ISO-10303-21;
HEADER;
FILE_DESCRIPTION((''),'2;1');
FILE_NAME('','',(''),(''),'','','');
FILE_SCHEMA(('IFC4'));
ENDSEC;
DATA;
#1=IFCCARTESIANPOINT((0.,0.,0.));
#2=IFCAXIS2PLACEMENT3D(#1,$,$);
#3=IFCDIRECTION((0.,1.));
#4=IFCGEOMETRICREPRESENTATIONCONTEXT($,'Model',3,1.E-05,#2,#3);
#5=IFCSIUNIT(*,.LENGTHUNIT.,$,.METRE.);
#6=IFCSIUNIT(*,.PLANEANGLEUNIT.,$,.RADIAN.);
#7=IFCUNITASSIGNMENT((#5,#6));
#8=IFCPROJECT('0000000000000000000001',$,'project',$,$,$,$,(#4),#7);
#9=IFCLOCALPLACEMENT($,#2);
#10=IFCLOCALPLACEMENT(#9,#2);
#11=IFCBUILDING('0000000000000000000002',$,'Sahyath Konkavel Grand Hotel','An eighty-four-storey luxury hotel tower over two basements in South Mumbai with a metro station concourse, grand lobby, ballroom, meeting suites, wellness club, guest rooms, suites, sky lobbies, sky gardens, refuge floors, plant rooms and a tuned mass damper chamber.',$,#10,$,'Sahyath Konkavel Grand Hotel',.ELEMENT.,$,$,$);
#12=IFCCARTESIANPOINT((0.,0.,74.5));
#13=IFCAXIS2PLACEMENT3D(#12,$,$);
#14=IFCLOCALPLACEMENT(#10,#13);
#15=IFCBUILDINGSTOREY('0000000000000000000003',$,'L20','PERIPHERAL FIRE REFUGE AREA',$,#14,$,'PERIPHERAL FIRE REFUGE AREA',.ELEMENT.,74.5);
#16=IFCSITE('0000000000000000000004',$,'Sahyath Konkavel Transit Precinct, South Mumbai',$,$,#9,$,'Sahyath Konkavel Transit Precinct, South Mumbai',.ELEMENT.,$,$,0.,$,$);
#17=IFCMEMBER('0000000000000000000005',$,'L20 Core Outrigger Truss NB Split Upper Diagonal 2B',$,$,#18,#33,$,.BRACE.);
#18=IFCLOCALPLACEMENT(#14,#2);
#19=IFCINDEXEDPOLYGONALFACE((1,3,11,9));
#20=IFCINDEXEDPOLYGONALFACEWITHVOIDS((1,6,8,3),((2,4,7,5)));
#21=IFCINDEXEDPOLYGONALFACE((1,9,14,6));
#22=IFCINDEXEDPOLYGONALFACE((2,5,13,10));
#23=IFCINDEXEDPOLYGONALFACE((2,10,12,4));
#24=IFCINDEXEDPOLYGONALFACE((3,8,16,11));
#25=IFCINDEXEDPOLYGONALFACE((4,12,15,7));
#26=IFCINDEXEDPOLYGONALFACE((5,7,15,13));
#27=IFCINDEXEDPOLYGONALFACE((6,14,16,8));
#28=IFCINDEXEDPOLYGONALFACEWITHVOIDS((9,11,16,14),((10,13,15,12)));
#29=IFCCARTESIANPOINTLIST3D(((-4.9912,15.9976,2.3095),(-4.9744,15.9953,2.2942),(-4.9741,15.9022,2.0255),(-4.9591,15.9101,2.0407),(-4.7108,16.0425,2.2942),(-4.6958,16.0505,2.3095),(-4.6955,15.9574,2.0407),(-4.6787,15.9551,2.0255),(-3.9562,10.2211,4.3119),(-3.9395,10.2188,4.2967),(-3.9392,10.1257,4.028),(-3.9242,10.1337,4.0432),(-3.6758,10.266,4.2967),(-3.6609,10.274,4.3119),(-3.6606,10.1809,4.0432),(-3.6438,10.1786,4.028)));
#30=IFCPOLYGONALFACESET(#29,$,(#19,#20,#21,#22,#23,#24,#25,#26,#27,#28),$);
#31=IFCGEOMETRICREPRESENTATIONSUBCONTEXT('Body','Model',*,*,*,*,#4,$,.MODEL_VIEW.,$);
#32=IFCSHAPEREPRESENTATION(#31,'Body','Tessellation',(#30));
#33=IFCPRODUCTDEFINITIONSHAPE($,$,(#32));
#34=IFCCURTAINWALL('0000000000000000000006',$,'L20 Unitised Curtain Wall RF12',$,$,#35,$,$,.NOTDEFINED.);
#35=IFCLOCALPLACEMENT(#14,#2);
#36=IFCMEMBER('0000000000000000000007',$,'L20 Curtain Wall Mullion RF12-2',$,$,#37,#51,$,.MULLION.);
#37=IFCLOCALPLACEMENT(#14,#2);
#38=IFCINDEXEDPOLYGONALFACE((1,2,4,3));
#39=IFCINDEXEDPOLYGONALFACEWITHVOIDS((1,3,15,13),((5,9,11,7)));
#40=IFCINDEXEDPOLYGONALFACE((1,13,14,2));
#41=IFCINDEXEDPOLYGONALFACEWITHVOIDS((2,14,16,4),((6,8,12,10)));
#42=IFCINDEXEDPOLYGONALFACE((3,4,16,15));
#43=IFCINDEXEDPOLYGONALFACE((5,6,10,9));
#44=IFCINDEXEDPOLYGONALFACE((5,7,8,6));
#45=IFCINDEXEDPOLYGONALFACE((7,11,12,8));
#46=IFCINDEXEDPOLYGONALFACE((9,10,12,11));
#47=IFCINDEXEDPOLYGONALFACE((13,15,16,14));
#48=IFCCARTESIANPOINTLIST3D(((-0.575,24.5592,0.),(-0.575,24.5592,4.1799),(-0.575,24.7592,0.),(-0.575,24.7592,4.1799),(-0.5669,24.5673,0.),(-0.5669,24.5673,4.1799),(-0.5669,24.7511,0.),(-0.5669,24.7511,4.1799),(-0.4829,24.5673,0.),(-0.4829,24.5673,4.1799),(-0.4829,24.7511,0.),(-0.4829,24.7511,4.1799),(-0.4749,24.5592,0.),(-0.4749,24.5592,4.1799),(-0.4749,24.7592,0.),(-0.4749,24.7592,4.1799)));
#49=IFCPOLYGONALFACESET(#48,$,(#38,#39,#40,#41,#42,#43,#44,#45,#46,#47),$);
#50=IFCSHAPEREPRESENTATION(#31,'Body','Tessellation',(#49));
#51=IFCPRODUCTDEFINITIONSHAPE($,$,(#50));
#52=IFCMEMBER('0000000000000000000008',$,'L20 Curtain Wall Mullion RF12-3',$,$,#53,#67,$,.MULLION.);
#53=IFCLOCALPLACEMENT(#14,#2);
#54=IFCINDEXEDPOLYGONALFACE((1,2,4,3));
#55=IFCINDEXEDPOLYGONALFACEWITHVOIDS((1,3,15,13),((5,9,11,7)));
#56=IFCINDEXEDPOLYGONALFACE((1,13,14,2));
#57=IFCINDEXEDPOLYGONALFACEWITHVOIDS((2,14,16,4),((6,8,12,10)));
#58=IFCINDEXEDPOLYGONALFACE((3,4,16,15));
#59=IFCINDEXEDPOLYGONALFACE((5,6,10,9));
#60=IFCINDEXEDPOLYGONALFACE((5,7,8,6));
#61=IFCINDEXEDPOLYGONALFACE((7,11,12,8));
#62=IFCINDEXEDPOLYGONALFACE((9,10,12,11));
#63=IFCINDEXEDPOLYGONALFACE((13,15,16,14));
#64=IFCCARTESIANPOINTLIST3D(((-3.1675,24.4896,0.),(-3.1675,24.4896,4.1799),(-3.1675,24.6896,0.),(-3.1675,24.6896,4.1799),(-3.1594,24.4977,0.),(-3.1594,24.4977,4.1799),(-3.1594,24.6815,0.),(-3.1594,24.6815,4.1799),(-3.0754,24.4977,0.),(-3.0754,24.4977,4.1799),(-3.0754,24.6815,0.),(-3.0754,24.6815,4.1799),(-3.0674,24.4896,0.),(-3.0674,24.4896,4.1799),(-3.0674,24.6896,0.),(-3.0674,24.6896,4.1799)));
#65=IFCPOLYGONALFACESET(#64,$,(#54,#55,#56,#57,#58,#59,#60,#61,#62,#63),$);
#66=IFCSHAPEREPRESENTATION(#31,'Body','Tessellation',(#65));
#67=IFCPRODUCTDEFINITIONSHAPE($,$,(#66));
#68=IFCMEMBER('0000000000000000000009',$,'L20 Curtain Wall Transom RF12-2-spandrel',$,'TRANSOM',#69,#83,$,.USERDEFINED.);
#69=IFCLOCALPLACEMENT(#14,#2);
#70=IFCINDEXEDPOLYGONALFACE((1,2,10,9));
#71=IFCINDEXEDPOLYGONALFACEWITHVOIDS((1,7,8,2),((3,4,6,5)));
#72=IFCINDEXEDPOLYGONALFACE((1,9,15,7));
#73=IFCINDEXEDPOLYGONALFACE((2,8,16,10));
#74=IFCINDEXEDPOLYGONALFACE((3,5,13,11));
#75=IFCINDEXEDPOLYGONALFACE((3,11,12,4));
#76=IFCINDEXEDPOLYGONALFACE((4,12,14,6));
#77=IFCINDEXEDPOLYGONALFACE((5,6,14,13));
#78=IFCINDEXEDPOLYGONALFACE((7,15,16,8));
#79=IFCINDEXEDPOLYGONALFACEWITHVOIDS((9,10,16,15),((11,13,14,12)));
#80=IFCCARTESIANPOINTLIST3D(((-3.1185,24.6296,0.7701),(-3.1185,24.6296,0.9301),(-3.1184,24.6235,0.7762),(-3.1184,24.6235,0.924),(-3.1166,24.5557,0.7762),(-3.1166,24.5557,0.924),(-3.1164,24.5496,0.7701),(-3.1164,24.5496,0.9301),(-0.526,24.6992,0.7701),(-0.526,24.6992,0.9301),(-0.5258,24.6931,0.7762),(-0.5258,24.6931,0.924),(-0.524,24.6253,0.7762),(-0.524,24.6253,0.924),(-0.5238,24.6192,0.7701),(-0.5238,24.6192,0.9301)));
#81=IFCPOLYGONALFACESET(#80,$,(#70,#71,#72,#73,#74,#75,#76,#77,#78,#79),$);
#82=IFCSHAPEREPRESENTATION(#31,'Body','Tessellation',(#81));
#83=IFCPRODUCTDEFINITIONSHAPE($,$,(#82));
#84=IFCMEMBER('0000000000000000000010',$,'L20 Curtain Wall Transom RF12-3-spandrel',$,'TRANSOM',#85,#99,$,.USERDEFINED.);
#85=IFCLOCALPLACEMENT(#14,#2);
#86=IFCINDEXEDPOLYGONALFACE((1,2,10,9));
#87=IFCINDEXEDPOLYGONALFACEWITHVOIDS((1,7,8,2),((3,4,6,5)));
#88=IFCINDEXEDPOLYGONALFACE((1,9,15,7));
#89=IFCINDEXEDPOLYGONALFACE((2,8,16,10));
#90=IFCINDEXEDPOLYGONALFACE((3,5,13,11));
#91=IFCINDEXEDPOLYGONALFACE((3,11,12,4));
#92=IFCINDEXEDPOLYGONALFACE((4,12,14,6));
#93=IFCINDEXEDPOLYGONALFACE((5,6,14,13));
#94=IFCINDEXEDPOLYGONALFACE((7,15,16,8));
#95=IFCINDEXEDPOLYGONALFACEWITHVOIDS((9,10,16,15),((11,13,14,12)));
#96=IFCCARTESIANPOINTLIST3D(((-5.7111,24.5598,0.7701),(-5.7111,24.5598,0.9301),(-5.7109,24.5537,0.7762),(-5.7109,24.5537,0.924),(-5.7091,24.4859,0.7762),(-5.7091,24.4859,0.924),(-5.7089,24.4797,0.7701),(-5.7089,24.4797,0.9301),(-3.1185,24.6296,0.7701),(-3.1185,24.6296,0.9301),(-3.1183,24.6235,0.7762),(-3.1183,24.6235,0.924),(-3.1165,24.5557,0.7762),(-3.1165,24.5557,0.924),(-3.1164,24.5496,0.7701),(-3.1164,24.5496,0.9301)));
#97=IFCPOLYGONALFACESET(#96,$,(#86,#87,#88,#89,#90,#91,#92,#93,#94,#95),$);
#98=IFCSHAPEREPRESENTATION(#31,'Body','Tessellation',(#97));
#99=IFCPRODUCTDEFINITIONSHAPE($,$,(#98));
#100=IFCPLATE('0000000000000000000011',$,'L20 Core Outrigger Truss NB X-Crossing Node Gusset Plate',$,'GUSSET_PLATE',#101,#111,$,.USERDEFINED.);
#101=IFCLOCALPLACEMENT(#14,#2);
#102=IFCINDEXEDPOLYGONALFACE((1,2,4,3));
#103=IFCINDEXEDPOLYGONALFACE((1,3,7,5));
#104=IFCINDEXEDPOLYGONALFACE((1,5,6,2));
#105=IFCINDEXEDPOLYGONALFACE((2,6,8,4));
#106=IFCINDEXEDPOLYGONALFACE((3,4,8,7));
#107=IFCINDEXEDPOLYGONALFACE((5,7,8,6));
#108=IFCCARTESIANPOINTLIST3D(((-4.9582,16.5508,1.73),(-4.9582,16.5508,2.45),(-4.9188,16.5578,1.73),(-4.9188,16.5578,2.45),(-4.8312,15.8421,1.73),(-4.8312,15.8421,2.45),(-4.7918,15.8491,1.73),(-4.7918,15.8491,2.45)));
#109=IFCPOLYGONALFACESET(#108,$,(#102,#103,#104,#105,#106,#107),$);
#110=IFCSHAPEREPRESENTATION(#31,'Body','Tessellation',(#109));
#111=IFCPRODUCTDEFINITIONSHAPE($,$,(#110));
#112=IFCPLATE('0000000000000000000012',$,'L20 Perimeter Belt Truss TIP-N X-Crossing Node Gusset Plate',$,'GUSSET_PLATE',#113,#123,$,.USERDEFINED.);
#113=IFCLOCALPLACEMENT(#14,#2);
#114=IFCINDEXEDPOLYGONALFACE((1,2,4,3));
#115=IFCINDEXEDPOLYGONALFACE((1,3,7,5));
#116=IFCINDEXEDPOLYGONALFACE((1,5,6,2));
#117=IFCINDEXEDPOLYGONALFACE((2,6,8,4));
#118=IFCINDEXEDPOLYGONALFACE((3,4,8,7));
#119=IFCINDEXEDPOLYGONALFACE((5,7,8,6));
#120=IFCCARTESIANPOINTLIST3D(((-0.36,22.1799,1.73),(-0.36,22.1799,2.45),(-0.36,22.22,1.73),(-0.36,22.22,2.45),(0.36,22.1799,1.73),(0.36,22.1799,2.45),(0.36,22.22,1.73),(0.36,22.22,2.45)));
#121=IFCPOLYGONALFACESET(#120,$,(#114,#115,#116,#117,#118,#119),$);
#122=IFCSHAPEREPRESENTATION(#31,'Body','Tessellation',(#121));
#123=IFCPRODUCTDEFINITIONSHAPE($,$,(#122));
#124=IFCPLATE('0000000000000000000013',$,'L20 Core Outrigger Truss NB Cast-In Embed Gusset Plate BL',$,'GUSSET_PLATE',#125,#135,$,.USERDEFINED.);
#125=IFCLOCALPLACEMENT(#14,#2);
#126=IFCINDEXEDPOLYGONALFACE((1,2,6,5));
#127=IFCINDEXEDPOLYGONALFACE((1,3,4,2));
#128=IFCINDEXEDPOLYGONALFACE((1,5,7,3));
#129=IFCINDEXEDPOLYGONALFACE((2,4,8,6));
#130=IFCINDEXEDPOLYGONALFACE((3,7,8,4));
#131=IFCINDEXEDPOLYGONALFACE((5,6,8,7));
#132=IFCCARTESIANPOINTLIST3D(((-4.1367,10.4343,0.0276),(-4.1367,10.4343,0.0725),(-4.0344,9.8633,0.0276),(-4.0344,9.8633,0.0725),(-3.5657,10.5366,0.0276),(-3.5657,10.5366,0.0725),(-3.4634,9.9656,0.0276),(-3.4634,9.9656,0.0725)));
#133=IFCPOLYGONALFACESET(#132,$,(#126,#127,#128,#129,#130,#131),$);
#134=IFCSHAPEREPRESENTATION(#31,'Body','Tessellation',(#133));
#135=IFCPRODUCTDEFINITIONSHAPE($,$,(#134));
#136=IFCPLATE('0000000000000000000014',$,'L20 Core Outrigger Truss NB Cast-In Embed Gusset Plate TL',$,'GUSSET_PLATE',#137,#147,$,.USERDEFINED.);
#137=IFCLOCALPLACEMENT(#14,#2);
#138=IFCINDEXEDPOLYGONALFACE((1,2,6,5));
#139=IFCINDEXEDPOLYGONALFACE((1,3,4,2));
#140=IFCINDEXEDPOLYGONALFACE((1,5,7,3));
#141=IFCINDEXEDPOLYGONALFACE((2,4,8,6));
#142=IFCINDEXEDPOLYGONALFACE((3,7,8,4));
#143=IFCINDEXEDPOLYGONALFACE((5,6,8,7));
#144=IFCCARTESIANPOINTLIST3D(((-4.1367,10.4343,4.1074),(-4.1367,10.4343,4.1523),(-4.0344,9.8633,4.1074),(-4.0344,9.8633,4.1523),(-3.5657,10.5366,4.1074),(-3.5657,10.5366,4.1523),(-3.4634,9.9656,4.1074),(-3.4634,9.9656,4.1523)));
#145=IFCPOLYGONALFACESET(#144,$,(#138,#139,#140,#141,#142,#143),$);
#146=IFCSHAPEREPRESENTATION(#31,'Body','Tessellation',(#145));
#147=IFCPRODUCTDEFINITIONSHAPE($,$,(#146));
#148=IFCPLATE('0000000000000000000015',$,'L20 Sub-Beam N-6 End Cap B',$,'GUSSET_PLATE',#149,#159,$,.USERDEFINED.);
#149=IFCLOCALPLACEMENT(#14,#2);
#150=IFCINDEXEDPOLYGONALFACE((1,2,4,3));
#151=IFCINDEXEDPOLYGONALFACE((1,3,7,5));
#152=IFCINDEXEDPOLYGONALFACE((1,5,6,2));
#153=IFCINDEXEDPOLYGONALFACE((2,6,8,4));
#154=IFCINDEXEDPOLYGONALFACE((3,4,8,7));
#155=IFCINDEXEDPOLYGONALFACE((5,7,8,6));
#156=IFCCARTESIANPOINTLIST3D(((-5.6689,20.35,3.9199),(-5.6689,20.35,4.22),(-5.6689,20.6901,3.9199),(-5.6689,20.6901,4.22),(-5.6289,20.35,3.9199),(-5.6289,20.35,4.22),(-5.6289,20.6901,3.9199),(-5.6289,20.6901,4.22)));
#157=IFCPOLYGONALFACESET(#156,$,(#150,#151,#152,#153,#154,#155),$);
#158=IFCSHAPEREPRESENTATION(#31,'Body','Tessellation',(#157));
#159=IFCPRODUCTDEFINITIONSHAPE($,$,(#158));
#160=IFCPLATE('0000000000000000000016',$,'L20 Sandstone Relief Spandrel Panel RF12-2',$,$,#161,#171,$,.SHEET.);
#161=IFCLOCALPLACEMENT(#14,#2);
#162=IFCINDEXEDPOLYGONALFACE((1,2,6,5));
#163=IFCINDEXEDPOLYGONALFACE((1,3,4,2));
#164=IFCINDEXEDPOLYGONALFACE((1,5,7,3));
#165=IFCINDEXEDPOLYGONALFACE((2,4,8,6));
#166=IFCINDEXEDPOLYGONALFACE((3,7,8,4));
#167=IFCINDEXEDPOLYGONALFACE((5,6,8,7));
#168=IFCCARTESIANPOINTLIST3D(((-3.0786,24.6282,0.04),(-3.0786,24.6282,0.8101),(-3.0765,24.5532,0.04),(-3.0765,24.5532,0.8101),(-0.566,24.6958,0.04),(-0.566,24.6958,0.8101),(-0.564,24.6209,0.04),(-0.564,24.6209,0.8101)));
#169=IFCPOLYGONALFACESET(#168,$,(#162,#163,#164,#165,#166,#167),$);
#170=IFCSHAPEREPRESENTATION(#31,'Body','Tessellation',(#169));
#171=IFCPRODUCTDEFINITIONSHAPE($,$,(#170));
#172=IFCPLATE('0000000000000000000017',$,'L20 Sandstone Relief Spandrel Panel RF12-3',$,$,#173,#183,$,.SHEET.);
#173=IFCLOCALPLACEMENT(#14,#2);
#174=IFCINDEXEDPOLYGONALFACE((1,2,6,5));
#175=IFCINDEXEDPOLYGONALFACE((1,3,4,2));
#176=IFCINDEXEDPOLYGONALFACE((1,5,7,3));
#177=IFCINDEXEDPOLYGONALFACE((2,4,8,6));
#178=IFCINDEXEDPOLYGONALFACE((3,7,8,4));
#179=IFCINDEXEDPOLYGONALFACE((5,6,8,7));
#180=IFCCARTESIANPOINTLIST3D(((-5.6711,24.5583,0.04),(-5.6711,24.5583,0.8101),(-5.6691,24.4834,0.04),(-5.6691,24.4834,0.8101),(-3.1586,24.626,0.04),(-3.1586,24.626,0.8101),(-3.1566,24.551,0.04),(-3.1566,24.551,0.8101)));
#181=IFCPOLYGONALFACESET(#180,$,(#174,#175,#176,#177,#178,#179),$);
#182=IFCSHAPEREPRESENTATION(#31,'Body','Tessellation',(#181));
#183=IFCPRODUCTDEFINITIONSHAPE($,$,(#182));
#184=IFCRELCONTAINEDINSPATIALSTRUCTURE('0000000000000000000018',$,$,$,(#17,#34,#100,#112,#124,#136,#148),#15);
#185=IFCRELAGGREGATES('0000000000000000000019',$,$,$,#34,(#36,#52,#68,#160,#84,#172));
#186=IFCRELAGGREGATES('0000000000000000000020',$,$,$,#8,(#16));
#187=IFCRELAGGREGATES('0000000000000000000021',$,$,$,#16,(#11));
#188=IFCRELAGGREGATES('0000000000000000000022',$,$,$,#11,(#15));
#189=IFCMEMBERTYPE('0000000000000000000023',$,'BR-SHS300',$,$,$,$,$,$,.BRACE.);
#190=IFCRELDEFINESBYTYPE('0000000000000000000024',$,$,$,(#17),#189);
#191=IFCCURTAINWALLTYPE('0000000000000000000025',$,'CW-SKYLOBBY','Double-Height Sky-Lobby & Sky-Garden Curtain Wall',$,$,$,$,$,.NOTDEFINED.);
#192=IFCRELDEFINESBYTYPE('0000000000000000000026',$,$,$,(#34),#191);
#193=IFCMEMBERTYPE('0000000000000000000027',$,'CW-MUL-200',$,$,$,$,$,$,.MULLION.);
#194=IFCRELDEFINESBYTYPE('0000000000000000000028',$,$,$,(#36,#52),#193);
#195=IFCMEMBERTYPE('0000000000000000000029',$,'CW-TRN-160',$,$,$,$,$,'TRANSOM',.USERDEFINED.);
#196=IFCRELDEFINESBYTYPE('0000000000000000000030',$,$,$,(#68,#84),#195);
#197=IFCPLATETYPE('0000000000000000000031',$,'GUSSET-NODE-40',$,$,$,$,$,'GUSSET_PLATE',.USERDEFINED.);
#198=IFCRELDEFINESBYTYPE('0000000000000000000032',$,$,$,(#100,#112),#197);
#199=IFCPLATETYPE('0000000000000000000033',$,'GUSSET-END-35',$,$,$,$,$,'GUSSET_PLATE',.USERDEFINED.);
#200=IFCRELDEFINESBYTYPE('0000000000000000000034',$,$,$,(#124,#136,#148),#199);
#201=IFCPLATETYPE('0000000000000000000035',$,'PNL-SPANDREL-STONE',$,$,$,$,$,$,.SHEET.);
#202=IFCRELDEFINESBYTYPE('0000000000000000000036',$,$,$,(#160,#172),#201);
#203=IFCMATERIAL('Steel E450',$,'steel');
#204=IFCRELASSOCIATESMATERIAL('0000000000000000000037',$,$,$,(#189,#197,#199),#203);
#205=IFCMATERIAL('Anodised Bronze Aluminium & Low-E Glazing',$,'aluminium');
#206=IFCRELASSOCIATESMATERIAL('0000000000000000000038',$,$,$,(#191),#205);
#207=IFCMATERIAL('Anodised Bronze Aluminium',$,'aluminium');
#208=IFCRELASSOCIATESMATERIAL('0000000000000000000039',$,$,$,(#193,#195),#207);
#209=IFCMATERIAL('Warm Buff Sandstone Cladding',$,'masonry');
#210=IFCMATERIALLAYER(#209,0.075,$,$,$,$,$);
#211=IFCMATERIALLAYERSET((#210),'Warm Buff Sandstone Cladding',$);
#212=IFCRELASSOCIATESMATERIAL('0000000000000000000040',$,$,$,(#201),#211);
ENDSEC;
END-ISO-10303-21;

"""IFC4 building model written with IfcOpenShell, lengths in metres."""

from ifc_helpers import new_model, si_unit, direction, frame, origin, origin_2d, place, context, subcontext, project, spatial, rectangle, hollow_rectangle, extrude, source, transform, mapped, material, layer, layer_set, material_profile, profile_set, type_object, element, aggregate, save


model = new_model("IFC4")

# Units and contexts
model_context = context("Model", 3, precision=1e-05, world=origin(), true_north=direction((0.0, 1.0)))
body_context = subcontext(model_context, "Body", "Model", "MODEL_VIEW")
ifc_project = project(units=[si_unit("LENGTHUNIT", "METRE"), si_unit("PLANEANGLEUNIT", "RADIAN")], contexts=[model_context])

# Site, building, storey
site_placement = place(None, origin())
site = spatial("IfcSite", under=ifc_project, at=site_placement, Name="Sahyath Konkavel Transit Precinct, South Mumbai", LongName="Sahyath Konkavel Transit Precinct, South Mumbai", CompositionType="ELEMENT", RefElevation=0.0)
building_placement = place(site_placement, origin())
building = spatial("IfcBuilding", under=site, at=building_placement, Name="Sahyath Konkavel Grand Hotel", Description="An eighty-four-storey luxury hotel tower over two basements in South Mumbai with a metro station concourse, grand lobby, ballroom, meeting suites, wellness club, guest rooms, suites, sky lobbies, sky gardens, refuge floors, plant rooms and a tuned mass damper chamber.", LongName="Sahyath Konkavel Grand Hotel", CompositionType="ELEMENT")
storey_placement = place(building_placement, frame((0.0, 0.0, 74.5)))
storey = spatial("IfcBuildingStorey", under=building, at=storey_placement, Name="L20", Description="PERIPHERAL FIRE REFUGE AREA", LongName="PERIPHERAL FIRE REFUGE AREA", CompositionType="ELEMENT", Elevation=74.5)

# Member
ifc_material_1 = material(Name="Steel E450", Category="steel")
ifc_material_profile_1 = material_profile(ifc_material_1, hollow_rectangle(XDim=0.3, YDim=0.3, WallThickness=0.0161, at=origin_2d()), Name="SHS 300x300x16")
ifc_profile_set_1 = profile_set([ifc_material_profile_1], Name="Steel E450")
member_type_1 = type_object("IfcMemberType", Name="BR-SHS300", PredefinedType="BRACE", material=ifc_profile_set_1)
shared_shape_1 = source(origin(), body_context, "Body", "SweptSolid", [
    extrude(hollow_rectangle(XDim=0.3, YDim=0.3, WallThickness=0.0161, at=origin_2d()), origin(), (0.0, 0.0, 1.0), 6.2007),
])
member_1_placement = place(storey_placement, frame((-4.835, 15.9763, 2.1675), z_axis=(0.166906, -0.931584, 0.322944), x_axis=(0.984327, 0.176355, 0.0)))
element("IfcMember", 1, at=member_1_placement, inside=storey, type_object=member_type_1, Name="L20 Core Outrigger Truss NB Split Upper Diagonal 2B", PredefinedType="BRACE", context=body_context, shape_type="MappedRepresentation", body=[
    mapped(shared_shape_1, transform((0.0, 0.0, 0.0), scale=1.0)),
])

# Curtain wall, members
ifc_material_2 = material(Name="Anodised Bronze Aluminium & Low-E Glazing", Category="aluminium")
curtain_wall_type = type_object("IfcCurtainWallType", Name="CW-SKYLOBBY", Description="Double-Height Sky-Lobby & Sky-Garden Curtain Wall", PredefinedType="NOTDEFINED", material=ifc_material_2)
curtain_wall_placement = place(storey_placement, origin())
curtain_wall = element("IfcCurtainWall", 2, at=curtain_wall_placement, inside=storey, type_object=curtain_wall_type, Name="L20 Unitised Curtain Wall RF12", PredefinedType="NOTDEFINED")
ifc_material_3 = material(Name="Anodised Bronze Aluminium", Category="aluminium")
ifc_material_profile_2 = material_profile(ifc_material_3, hollow_rectangle(XDim=0.1001, YDim=0.2, WallThickness=0.0081, at=origin_2d()), Name="RHS 200x100x8")
ifc_profile_set_2 = profile_set([ifc_material_profile_2], Name="Anodised Bronze Aluminium")
member_type_2 = type_object("IfcMemberType", Name="CW-MUL-200", PredefinedType="MULLION", material=ifc_profile_set_2)
shared_shape_2 = source(origin(), body_context, "Body", "SweptSolid", [
    extrude(hollow_rectangle(XDim=0.1001, YDim=0.2, WallThickness=0.0081, at=origin_2d()), origin(), (0.0, 0.0, 1.0), 4.1799),
])
member_2_placement = place(storey_placement, frame((-0.5249, 24.6592, 0.0), z_axis=(0.0, 0.0, 1.0), x_axis=(1.0, 0.0, 0.0)))
member_2 = element("IfcMember", 3, at=member_2_placement, type_object=member_type_2, Name="L20 Curtain Wall Mullion RF12-2", PredefinedType="MULLION", context=body_context, shape_type="MappedRepresentation", body=[
    mapped(shared_shape_2, transform((0.0, 0.0, 0.0), scale=1.0)),
])
member_3_placement = place(storey_placement, frame((-3.1174, 24.5896, 0.0), z_axis=(0.0, 0.0, 1.0), x_axis=(1.0, 0.0, 0.0)))
member_3 = element("IfcMember", 4, at=member_3_placement, type_object=member_type_2, Name="L20 Curtain Wall Mullion RF12-3", PredefinedType="MULLION", context=body_context, shape_type="MappedRepresentation", body=[
    mapped(shared_shape_2, transform((0.0, 0.0, 0.0), scale=1.0)),
])
ifc_material_profile_3 = material_profile(ifc_material_3, hollow_rectangle(XDim=0.0801, YDim=0.1599, WallThickness=0.0061, at=origin_2d()), Name="RHS 160x80x6")
ifc_profile_set_3 = profile_set([ifc_material_profile_3], Name="Anodised Bronze Aluminium")
member_type_3 = type_object("IfcMemberType", Name="CW-TRN-160", ElementType="TRANSOM", PredefinedType="USERDEFINED", material=ifc_profile_set_3)
shared_shape_3 = source(origin(), body_context, "Body", "SweptSolid", [
    extrude(hollow_rectangle(XDim=0.0801, YDim=0.1599, WallThickness=0.0061, at=origin_2d()), origin(), (0.0, 0.0, 1.0), 2.5935),
])
member_4_placement = place(storey_placement, frame((-0.5249, 24.6592, 0.8501), z_axis=(-0.99964, -0.026829, 0.0), x_axis=(0.026829, -0.99964, 0.0)))
member_4 = element("IfcMember", 5, at=member_4_placement, type_object=member_type_3, Name="L20 Curtain Wall Transom RF12-2-spandrel", ObjectType="TRANSOM", PredefinedType="USERDEFINED", context=body_context, shape_type="MappedRepresentation", body=[
    mapped(shared_shape_3, transform((0.0, 0.0, 0.0), scale=1.0)),
])
member_5_placement = place(storey_placement, frame((-3.1174, 24.5896, 0.8501), z_axis=(-0.999638, -0.026923, 0.0), x_axis=(0.026923, -0.999638, 0.0)))
member_5 = element("IfcMember", 6, at=member_5_placement, type_object=member_type_3, Name="L20 Curtain Wall Transom RF12-3-spandrel", ObjectType="TRANSOM", PredefinedType="USERDEFINED", context=body_context, shape_type="MappedRepresentation", body=[
    mapped(shared_shape_3, transform((0.0, 0.0, 0.0), scale=1.0)),
])

# Plates
plate_type_1 = type_object("IfcPlateType", Name="GUSSET-NODE-40", ElementType="GUSSET_PLATE", PredefinedType="USERDEFINED", material=ifc_material_1)
shared_shape_4 = source(origin(), body_context, "Body", "SweptSolid", [
    extrude(rectangle(XDim=0.72, YDim=0.04, at=origin_2d()), origin(), (0.0, 0.0, 1.0), 0.72),
])
for number, where, z_axis, x_axis, name in (
    (7, (-4.875, 16.2, 1.73), (0.0, 0.0, 1.0), (-0.176363, 0.984325, 0.0), "L20 Core Outrigger Truss NB X-Crossing Node Gusset Plate"),
    (8, (0.0, 22.2, 1.73), (0.0, 0.0, 1.0), (-1.0, 0.0, 0.0), "L20 Perimeter Belt Truss TIP-N X-Crossing Node Gusset Plate"),
):
    element("IfcPlate", number, at=place(storey_placement, frame(where, z_axis=z_axis, x_axis=x_axis)), inside=storey, type_object=plate_type_1, Name=name, ObjectType="GUSSET_PLATE", PredefinedType="USERDEFINED", context=body_context, shape_type="MappedRepresentation", body=[
        mapped(shared_shape_4, transform((0.0, 0.0, 0.0), scale=1.0)),
    ])
plate_type_2 = type_object("IfcPlateType", Name="GUSSET-END-35", ElementType="GUSSET_PLATE", PredefinedType="USERDEFINED", material=ifc_material_1)
shared_shape_5 = source(origin(), body_context, "Body", "SweptSolid", [
    extrude(rectangle(XDim=0.5801, YDim=0.5801, at=origin_2d()), origin(), (0.0, 0.0, 1.0), 0.0449),
])
for number, where, z_axis, x_axis, name in (
    (9, (-3.8, 10.2, 0.0276), (0.0, 0.0, 1.0), (-0.176363, 0.984325, 0.0), "L20 Core Outrigger Truss NB Cast-In Embed Gusset Plate BL"),
    (10, (-3.8, 10.2, 4.1074), (0.0, 0.0, 1.0), (-0.176363, 0.984325, 0.0), "L20 Core Outrigger Truss NB Cast-In Embed Gusset Plate TL"),
):
    element("IfcPlate", number, at=place(storey_placement, frame(where, z_axis=z_axis, x_axis=x_axis)), inside=storey, type_object=plate_type_2, Name=name, ObjectType="GUSSET_PLATE", PredefinedType="USERDEFINED", context=body_context, shape_type="MappedRepresentation", body=[
        mapped(shared_shape_5, transform((0.0, 0.0, 0.0), scale=1.0)),
    ])
shared_shape_6 = source(origin(), body_context, "Body", "SweptSolid", [
    extrude(rectangle(XDim=0.04, YDim=0.3401, at=origin_2d()), origin(), (0.0, 0.0, 1.0), 0.3),
])
plate_1_placement = place(storey_placement, frame((-5.6489, 20.52, 3.9199), z_axis=(0.0, 0.0, 1.0), x_axis=(-1.0, 0.0, 0.0)))
element("IfcPlate", 11, at=plate_1_placement, inside=storey, type_object=plate_type_2, Name="L20 Sub-Beam N-6 End Cap B", ObjectType="GUSSET_PLATE", PredefinedType="USERDEFINED", context=body_context, shape_type="MappedRepresentation", body=[
    mapped(shared_shape_6, transform((0.0, 0.0, 0.0), scale=1.0)),
])

# Plates
ifc_material_4 = material(Name="Warm Buff Sandstone Cladding", Category="masonry")
ifc_layer_1 = layer(ifc_material_4, 0.075)
ifc_layer_set_1 = layer_set([ifc_layer_1], Name="Warm Buff Sandstone Cladding")
plate_type_3 = type_object("IfcPlateType", Name="PNL-SPANDREL-STONE", PredefinedType="SHEET", material=ifc_layer_set_1)
shared_shape_7 = source(origin(), body_context, "Body", "SweptSolid", [
    extrude(rectangle(XDim=2.5134, YDim=0.075, at=origin_2d()), origin(), (0.0, 0.0, 1.0), 0.77),
])
plate_2_placement = place(storey_placement, frame((-1.8213, 24.6245, 0.04), z_axis=(0.0, 0.0, 1.0), x_axis=(-0.999638, -0.02691, 0.0)))
plate_2 = element("IfcPlate", 12, at=plate_2_placement, type_object=plate_type_3, Name="L20 Sandstone Relief Spandrel Panel RF12-2", PredefinedType="SHEET", context=body_context, shape_type="MappedRepresentation", body=[
    mapped(shared_shape_7, transform((0.0, 0.0, 0.0), scale=1.0)),
])
plate_3_placement = place(storey_placement, frame((-4.4138, 24.5547, 0.04), z_axis=(0.0, 0.0, 1.0), x_axis=(-0.999638, -0.02691, 0.0)))
plate_3 = element("IfcPlate", 13, at=plate_3_placement, type_object=plate_type_3, Name="L20 Sandstone Relief Spandrel Panel RF12-3", PredefinedType="SHEET", context=body_context, shape_type="MappedRepresentation", body=[
    mapped(shared_shape_7, transform((0.0, 0.0, 0.0), scale=1.0)),
])
aggregate(curtain_wall, [member_2, member_3, member_4, plate_2, member_5, plate_3])

save(model, "model.ifc")
